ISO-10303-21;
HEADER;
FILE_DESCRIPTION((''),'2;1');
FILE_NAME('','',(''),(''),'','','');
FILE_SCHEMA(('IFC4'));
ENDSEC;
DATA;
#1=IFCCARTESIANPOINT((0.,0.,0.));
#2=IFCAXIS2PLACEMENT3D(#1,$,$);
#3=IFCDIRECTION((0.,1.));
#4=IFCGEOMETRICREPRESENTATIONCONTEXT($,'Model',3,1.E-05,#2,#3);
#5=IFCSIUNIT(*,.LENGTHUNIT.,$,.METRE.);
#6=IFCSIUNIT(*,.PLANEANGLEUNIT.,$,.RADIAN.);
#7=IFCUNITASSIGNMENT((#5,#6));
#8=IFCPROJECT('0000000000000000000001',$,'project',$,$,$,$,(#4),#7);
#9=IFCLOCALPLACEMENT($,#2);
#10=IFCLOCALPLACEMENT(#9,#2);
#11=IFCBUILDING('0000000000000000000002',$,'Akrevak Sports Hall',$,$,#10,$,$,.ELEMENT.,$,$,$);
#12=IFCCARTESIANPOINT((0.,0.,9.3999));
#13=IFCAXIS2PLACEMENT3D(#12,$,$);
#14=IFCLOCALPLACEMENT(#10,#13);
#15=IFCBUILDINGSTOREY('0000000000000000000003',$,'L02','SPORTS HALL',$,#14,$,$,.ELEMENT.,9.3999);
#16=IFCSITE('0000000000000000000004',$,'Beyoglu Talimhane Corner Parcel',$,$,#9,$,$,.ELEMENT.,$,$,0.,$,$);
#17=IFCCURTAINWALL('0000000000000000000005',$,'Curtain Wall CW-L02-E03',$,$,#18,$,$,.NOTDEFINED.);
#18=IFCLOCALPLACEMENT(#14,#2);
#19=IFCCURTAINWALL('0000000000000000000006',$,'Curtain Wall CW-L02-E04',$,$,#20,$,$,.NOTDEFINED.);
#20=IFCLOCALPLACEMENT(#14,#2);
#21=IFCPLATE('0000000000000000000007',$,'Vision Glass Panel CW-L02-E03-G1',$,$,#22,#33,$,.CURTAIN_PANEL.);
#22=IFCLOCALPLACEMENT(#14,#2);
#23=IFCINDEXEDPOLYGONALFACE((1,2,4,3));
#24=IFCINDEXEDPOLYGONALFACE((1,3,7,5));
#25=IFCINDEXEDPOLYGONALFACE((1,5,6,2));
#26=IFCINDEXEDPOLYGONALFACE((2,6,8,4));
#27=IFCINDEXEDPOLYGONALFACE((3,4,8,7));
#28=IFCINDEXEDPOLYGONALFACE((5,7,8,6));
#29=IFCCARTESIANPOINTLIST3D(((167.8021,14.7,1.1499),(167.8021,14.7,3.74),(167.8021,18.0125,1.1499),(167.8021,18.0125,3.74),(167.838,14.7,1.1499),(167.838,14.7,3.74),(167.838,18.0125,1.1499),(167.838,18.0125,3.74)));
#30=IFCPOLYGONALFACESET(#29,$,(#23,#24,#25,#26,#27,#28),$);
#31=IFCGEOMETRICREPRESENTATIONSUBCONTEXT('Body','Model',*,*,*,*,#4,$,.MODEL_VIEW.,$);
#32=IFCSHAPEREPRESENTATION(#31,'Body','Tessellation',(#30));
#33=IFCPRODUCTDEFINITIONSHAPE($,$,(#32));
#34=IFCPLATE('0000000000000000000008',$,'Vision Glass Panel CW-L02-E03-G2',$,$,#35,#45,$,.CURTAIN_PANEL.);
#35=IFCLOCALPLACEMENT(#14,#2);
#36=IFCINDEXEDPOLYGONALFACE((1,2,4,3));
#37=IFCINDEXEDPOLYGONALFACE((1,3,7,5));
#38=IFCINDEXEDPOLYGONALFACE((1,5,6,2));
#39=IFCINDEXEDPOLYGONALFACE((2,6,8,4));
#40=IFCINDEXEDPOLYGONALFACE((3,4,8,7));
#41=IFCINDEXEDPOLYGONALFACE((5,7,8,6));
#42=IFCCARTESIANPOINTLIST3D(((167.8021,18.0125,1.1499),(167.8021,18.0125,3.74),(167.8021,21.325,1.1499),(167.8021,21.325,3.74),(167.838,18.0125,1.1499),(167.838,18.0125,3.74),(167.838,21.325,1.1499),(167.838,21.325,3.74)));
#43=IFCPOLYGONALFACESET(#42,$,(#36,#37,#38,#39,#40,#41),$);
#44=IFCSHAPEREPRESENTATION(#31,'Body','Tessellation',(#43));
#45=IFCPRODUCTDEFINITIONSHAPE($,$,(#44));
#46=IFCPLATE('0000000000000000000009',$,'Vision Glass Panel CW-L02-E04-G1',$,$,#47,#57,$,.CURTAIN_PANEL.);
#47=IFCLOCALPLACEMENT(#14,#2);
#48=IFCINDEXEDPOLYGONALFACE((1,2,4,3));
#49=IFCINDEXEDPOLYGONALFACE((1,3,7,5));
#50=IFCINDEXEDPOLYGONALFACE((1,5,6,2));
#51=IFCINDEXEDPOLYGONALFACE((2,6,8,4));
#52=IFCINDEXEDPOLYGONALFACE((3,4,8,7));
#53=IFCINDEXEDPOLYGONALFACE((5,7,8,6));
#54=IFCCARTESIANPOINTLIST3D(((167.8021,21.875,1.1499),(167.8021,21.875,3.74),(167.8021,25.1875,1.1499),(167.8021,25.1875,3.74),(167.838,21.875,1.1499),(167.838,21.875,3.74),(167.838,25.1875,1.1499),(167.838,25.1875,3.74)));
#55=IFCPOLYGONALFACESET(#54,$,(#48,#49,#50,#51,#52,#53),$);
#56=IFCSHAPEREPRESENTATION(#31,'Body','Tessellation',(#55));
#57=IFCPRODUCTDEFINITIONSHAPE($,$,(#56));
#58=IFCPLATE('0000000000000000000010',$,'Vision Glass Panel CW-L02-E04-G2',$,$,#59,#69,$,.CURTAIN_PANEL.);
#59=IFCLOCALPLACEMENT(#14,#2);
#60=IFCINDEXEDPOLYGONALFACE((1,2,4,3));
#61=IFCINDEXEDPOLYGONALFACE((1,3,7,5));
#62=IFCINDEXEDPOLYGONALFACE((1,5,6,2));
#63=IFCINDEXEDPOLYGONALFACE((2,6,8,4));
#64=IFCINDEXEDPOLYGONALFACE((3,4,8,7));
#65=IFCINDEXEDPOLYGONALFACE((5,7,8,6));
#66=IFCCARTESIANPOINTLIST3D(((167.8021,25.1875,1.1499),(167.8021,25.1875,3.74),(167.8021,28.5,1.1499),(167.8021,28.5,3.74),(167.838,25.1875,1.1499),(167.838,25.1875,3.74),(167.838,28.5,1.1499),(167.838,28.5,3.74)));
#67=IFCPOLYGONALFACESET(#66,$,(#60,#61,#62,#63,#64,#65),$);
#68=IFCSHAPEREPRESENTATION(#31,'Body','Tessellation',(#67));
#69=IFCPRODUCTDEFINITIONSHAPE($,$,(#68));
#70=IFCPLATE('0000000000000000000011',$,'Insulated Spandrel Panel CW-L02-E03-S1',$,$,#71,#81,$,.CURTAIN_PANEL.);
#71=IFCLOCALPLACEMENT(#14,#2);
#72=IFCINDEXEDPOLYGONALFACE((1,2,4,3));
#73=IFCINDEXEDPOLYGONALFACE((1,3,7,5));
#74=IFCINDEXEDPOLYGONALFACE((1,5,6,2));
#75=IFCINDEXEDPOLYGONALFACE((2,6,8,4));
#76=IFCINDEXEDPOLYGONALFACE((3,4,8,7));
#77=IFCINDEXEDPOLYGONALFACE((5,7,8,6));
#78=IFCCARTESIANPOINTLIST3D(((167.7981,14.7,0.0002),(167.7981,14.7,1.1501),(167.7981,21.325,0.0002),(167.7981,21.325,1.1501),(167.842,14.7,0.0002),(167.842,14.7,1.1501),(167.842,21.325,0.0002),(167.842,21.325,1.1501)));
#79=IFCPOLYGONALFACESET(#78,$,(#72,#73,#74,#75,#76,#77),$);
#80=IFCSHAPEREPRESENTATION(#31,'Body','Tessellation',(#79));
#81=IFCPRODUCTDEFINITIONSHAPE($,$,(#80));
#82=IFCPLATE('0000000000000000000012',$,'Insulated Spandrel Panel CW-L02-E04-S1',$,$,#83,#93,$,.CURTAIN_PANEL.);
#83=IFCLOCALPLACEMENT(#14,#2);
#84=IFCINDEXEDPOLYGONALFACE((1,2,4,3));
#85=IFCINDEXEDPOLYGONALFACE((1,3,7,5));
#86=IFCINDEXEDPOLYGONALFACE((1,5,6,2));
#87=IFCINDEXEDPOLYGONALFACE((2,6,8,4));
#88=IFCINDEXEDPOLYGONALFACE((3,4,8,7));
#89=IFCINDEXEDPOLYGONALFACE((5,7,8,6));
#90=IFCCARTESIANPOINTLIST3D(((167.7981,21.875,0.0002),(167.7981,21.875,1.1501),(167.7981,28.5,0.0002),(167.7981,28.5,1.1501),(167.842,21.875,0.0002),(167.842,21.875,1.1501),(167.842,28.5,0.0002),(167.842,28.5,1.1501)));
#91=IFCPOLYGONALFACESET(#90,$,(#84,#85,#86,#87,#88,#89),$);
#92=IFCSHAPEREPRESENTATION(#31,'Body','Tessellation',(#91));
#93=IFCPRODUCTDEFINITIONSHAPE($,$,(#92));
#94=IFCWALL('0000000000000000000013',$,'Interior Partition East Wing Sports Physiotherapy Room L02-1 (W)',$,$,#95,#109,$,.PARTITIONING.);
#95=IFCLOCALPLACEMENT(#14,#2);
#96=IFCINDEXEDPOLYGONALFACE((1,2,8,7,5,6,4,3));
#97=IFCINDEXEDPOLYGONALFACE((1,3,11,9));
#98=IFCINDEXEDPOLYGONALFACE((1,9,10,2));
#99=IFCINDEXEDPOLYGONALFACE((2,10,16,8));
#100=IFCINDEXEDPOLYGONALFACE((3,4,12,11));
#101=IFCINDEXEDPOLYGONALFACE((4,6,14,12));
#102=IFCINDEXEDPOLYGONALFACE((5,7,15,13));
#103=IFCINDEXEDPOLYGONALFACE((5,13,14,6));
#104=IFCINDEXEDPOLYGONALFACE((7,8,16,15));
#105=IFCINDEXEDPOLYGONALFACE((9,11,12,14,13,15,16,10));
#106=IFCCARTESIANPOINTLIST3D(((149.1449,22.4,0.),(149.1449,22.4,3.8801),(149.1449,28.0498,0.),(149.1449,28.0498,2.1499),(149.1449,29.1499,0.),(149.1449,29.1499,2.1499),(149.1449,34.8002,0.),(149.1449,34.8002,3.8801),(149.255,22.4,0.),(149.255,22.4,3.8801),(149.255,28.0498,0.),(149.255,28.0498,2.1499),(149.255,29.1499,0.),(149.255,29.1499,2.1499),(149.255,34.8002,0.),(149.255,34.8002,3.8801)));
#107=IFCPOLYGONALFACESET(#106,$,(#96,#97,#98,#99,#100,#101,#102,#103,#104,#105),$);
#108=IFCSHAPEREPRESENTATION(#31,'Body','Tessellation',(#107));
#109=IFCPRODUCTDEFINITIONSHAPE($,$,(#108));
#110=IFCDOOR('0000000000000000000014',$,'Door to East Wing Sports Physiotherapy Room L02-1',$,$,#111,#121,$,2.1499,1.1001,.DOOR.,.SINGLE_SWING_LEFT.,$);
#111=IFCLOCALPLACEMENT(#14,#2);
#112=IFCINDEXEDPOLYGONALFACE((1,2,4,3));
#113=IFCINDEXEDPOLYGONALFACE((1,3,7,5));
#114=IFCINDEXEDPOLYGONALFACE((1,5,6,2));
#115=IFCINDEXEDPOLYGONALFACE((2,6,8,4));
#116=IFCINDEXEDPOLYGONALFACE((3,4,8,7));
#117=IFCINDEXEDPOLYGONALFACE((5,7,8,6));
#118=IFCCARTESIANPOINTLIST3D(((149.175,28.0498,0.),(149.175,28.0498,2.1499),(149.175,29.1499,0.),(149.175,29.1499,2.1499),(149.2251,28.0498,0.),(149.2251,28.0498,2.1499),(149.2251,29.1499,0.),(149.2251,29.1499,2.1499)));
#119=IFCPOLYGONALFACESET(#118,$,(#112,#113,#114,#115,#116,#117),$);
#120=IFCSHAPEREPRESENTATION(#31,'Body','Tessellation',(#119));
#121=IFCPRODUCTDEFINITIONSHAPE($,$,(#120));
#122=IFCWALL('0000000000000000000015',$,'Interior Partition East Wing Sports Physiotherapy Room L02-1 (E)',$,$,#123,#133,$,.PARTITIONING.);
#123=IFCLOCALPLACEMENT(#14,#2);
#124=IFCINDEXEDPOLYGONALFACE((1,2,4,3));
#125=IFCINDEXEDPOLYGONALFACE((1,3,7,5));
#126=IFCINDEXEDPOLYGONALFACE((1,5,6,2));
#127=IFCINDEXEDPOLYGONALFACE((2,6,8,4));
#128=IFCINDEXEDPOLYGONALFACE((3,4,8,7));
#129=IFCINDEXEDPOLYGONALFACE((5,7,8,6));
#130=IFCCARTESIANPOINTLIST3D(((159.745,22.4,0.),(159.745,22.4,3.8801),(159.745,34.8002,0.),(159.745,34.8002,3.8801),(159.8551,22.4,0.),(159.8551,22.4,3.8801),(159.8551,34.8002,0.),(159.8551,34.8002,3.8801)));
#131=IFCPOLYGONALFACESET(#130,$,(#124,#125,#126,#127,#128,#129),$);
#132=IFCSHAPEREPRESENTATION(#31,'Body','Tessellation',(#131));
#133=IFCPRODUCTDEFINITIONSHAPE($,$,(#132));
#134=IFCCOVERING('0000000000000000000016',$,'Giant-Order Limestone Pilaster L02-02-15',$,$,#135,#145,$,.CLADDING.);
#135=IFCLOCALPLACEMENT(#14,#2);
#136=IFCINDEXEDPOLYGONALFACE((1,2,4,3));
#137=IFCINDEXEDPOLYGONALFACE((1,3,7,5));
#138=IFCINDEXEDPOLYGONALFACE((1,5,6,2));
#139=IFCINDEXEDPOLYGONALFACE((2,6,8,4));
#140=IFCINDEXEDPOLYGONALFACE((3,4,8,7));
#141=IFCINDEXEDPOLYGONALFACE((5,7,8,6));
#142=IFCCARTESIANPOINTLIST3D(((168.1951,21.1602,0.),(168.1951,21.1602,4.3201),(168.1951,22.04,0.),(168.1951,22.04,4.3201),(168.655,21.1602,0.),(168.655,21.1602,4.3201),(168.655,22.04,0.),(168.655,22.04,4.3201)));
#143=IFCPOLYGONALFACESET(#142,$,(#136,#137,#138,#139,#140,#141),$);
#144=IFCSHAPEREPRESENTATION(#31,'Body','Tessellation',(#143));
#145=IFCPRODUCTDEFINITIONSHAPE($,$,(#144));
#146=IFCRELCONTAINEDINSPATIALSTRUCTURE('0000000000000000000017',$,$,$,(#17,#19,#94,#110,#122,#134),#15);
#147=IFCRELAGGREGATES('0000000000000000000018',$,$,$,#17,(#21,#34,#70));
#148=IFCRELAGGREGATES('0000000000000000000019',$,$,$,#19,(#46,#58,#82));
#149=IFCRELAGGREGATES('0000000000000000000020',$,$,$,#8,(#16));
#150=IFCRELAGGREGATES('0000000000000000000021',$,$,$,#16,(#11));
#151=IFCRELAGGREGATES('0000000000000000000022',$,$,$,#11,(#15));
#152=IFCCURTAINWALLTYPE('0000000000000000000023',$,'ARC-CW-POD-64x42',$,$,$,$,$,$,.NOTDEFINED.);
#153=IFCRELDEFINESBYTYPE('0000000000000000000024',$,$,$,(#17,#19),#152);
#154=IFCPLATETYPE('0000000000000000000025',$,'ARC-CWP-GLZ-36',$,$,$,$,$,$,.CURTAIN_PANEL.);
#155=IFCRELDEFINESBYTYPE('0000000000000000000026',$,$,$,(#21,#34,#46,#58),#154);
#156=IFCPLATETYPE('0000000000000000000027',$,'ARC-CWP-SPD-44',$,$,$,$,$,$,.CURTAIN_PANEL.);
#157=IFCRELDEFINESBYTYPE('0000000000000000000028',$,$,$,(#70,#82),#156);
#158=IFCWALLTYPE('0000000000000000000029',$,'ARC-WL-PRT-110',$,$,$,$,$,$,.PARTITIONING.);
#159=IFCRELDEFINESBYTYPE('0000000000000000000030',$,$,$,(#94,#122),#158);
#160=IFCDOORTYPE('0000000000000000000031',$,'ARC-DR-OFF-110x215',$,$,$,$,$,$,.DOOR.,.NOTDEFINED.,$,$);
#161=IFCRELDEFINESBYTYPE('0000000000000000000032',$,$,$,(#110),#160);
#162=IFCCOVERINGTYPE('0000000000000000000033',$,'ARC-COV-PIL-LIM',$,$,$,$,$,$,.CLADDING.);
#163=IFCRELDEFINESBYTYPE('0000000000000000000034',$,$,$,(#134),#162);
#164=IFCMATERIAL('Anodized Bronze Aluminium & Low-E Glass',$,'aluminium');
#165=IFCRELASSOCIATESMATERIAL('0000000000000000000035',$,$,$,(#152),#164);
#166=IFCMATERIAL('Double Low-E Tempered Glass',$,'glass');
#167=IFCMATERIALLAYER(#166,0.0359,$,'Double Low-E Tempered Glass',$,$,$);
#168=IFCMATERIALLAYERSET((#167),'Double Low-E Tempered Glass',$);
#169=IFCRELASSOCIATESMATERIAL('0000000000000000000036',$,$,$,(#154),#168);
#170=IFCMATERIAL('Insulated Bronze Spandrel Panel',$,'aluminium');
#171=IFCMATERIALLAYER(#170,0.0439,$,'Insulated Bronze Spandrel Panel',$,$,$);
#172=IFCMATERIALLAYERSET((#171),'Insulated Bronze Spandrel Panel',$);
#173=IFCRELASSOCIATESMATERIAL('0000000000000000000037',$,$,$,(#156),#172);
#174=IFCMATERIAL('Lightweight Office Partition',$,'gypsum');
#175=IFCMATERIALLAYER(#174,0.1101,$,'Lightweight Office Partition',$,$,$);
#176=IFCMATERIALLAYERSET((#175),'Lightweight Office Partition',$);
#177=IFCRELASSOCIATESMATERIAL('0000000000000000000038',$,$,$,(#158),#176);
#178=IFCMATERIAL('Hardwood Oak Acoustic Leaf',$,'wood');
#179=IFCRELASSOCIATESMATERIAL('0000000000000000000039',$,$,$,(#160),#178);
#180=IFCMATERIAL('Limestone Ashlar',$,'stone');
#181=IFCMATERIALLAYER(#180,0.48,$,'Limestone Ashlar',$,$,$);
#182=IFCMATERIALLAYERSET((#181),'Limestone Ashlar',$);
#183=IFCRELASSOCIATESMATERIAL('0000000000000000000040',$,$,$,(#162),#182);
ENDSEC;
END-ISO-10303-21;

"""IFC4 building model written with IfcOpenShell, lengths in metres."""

from ifc_helpers import new_model, si_unit, direction, frame, frame_2d, origin, origin_2d, place, context, subcontext, project, spatial, rectangle, extrude, material, layer, layer_set, type_object, element, fill, aggregate, save


model = new_model("IFC4")

# Units and contexts
model_context = context("Model", 3, precision=1e-05, world=origin(), true_north=direction((0.0, 1.0)))
body_context = subcontext(model_context, "Body", "Model", "MODEL_VIEW")
ifc_project = project(units=[si_unit("LENGTHUNIT", "METRE"), si_unit("PLANEANGLEUNIT", "RADIAN")], contexts=[model_context])

# Site, building, storey
site_placement = place(None, origin())
site = spatial("IfcSite", under=ifc_project, at=site_placement, Name="Beyoglu Talimhane Corner Parcel", CompositionType="ELEMENT", RefElevation=0.0)
building_placement = place(site_placement, origin())
building = spatial("IfcBuilding", under=site, at=building_placement, Name="Akrevak Sports Hall", CompositionType="ELEMENT")
storey_placement = place(building_placement, frame((0.0, 0.0, 9.3999)))
storey = spatial("IfcBuildingStorey", under=building, at=storey_placement, Name="L02", Description="SPORTS HALL", CompositionType="ELEMENT", Elevation=9.3999)

# Curtain walls
ifc_material_1 = material(Name="Anodized Bronze Aluminium & Low-E Glass", Category="aluminium")
curtain_wall_type = type_object("IfcCurtainWallType", Name="ARC-CW-POD-64x42", PredefinedType="NOTDEFINED", material=ifc_material_1)
curtain_wall_1_placement = place(storey_placement, origin())
curtain_wall_1 = element("IfcCurtainWall", 1, at=curtain_wall_1_placement, inside=storey, type_object=curtain_wall_type, Name="Curtain Wall CW-L02-E03", PredefinedType="NOTDEFINED")
curtain_wall_2_placement = place(storey_placement, origin())
curtain_wall_2 = element("IfcCurtainWall", 2, at=curtain_wall_2_placement, inside=storey, type_object=curtain_wall_type, Name="Curtain Wall CW-L02-E04", PredefinedType="NOTDEFINED")

# Plates
ifc_material_2 = material(Name="Double Low-E Tempered Glass", Category="glass")
ifc_layer_1 = layer(ifc_material_2, 0.0359, Name="Double Low-E Tempered Glass")
ifc_layer_set_1 = layer_set([ifc_layer_1], Name="Double Low-E Tempered Glass")
plate_type_1 = type_object("IfcPlateType", Name="ARC-CWP-GLZ-36", PredefinedType="CURTAIN_PANEL", material=ifc_layer_set_1)
plate_1_placement = place(storey_placement, frame((167.8201, 16.3562, 1.1499), z_axis=(0.0, 0.0, 1.0), x_axis=(0.0, 1.0, 0.0)))
plate_1 = element("IfcPlate", 3, at=plate_1_placement, type_object=plate_type_1, Name="Vision Glass Panel CW-L02-E03-G1", PredefinedType="CURTAIN_PANEL", context=body_context, shape_type="SweptSolid", body=[
    extrude(rectangle(XDim=3.3125, YDim=0.0359, at=origin_2d()), origin(), (0.0, 0.0, 1.0), 2.5901),
])
plate_2_placement = place(storey_placement, frame((167.8201, 19.6687, 1.1499), z_axis=(0.0, 0.0, 1.0), x_axis=(0.0, 1.0, 0.0)))
plate_2 = element("IfcPlate", 4, at=plate_2_placement, type_object=plate_type_1, Name="Vision Glass Panel CW-L02-E03-G2", PredefinedType="CURTAIN_PANEL", context=body_context, shape_type="SweptSolid", body=[
    extrude(rectangle(XDim=3.3125, YDim=0.0359, at=origin_2d()), origin(), (0.0, 0.0, 1.0), 2.5901),
])
plate_3_placement = place(storey_placement, frame((167.8201, 23.5312, 1.1499), z_axis=(0.0, 0.0, 1.0), x_axis=(0.0, 1.0, 0.0)))
plate_3 = element("IfcPlate", 5, at=plate_3_placement, type_object=plate_type_1, Name="Vision Glass Panel CW-L02-E04-G1", PredefinedType="CURTAIN_PANEL", context=body_context, shape_type="SweptSolid", body=[
    extrude(rectangle(XDim=3.3125, YDim=0.0359, at=origin_2d()), origin(), (0.0, 0.0, 1.0), 2.5901),
])
plate_4_placement = place(storey_placement, frame((167.8201, 26.8438, 1.1499), z_axis=(0.0, 0.0, 1.0), x_axis=(0.0, 1.0, 0.0)))
plate_4 = element("IfcPlate", 6, at=plate_4_placement, type_object=plate_type_1, Name="Vision Glass Panel CW-L02-E04-G2", PredefinedType="CURTAIN_PANEL", context=body_context, shape_type="SweptSolid", body=[
    extrude(rectangle(XDim=3.3125, YDim=0.0359, at=origin_2d()), origin(), (0.0, 0.0, 1.0), 2.5901),
])
ifc_material_3 = material(Name="Insulated Bronze Spandrel Panel", Category="aluminium")
ifc_layer_2 = layer(ifc_material_3, 0.0439, Name="Insulated Bronze Spandrel Panel")
ifc_layer_set_2 = layer_set([ifc_layer_2], Name="Insulated Bronze Spandrel Panel")
plate_type_2 = type_object("IfcPlateType", Name="ARC-CWP-SPD-44", PredefinedType="CURTAIN_PANEL", material=ifc_layer_set_2)
plate_5_placement = place(storey_placement, frame((167.8201, 18.0125, 0.0002), z_axis=(0.0, 0.0, 1.0), x_axis=(0.0, 1.0, 0.0)))
plate_5 = element("IfcPlate", 7, at=plate_5_placement, type_object=plate_type_2, Name="Insulated Spandrel Panel CW-L02-E03-S1", PredefinedType="CURTAIN_PANEL", context=body_context, shape_type="SweptSolid", body=[
    extrude(rectangle(XDim=6.625, YDim=0.0439, at=origin_2d()), origin(), (0.0, 0.0, 1.0), 1.1499),
])
aggregate(curtain_wall_1, [plate_1, plate_2, plate_5])
plate_6_placement = place(storey_placement, frame((167.8201, 25.1875, 0.0002), z_axis=(0.0, 0.0, 1.0), x_axis=(0.0, 1.0, 0.0)))
plate_6 = element("IfcPlate", 8, at=plate_6_placement, type_object=plate_type_2, Name="Insulated Spandrel Panel CW-L02-E04-S1", PredefinedType="CURTAIN_PANEL", context=body_context, shape_type="SweptSolid", body=[
    extrude(rectangle(XDim=6.625, YDim=0.0439, at=origin_2d()), origin(), (0.0, 0.0, 1.0), 1.1499),
])
aggregate(curtain_wall_2, [plate_3, plate_4, plate_6])

# Wall, opening, door
ifc_material_4 = material(Name="Lightweight Office Partition", Category="gypsum")
ifc_layer_3 = layer(ifc_material_4, 0.1101, Name="Lightweight Office Partition")
ifc_layer_set_3 = layer_set([ifc_layer_3], Name="Lightweight Office Partition")
wall_type = type_object("IfcWallType", Name="ARC-WL-PRT-110", PredefinedType="PARTITIONING", material=ifc_layer_set_3)
wall_1_placement = place(storey_placement, frame((149.2, 22.3999, 0.0), z_axis=(0.0, 0.0, 1.0), x_axis=(0.0, 1.0, 0.0)))
wall_1 = element("IfcWall", 9, at=wall_1_placement, inside=storey, type_object=wall_type, Name="Interior Partition East Wing Sports Physiotherapy Room L02-1 (W)", PredefinedType="PARTITIONING", context=body_context, shape_type="SweptSolid", body=[
    extrude(rectangle(XDim=12.4001, YDim=0.1101, at=frame_2d((6.2002, 0.0))), origin(), (0.0, 0.0, 1.0), 3.8801),
])
opening_placement = place(wall_1_placement, frame((5.6499, 0.0, 0.0)))
opening = element("IfcOpeningElement", 10, at=opening_placement, cuts=wall_1, PredefinedType="OPENING", context=body_context, shape_type="SweptSolid", body=[
    extrude(rectangle(XDim=1.1001, YDim=2.1499, at=frame_2d((0.55, 1.075))), frame((0.0, 0.0669, 0.0), z_axis=(0.0, -1.0, 0.0), x_axis=(1.0, 0.0, 0.0)), (0.0, 0.0, 1.0), 0.134),
])
ifc_material_5 = material(Name="Hardwood Oak Acoustic Leaf", Category="wood")
door_type = type_object("IfcDoorType", Name="ARC-DR-OFF-110x215", OperationType="NOTDEFINED", PredefinedType="DOOR", material=ifc_material_5)
door_placement = place(opening_placement, origin())
door = element("IfcDoor", 11, at=door_placement, inside=storey, type_object=door_type, Name="Door to East Wing Sports Physiotherapy Room L02-1", OperationType="SINGLE_SWING_LEFT", OverallHeight=2.1499, OverallWidth=1.1001, PredefinedType="DOOR", context=body_context, shape_type="SweptSolid", body=[
    extrude(rectangle(XDim=1.1001, YDim=2.1499, at=frame_2d((0.55, 1.075))), frame((0.0, 0.0249, 0.0), z_axis=(0.0, -1.0, 0.0), x_axis=(1.0, 0.0, 0.0)), (0.0, 0.0, 1.0), 0.05),
])
fill(opening, door)

# Wall
wall_2_placement = place(storey_placement, frame((159.8, 22.3999, 0.0), z_axis=(0.0, 0.0, 1.0), x_axis=(0.0, 1.0, 0.0)))
element("IfcWall", 12, at=wall_2_placement, inside=storey, type_object=wall_type, Name="Interior Partition East Wing Sports Physiotherapy Room L02-1 (E)", PredefinedType="PARTITIONING", context=body_context, shape_type="SweptSolid", body=[
    extrude(rectangle(XDim=12.4001, YDim=0.1101, at=frame_2d((6.2002, 0.0))), origin(), (0.0, 0.0, 1.0), 3.8801),
])

# Covering
ifc_material_6 = material(Name="Limestone Ashlar", Category="stone")
ifc_layer_4 = layer(ifc_material_6, 0.48, Name="Limestone Ashlar")
ifc_layer_set_4 = layer_set([ifc_layer_4], Name="Limestone Ashlar")
covering_type = type_object("IfcCoveringType", Name="ARC-COV-PIL-LIM", PredefinedType="CLADDING", material=ifc_layer_set_4)
covering_placement = place(storey_placement, frame((168.425, 21.6001, 0.0), z_axis=(0.0, 0.0, 1.0), x_axis=(0.0, 1.0, 0.0)))
element("IfcCovering", 13, at=covering_placement, inside=storey, type_object=covering_type, Name="Giant-Order Limestone Pilaster L02-02-15", PredefinedType="CLADDING", context=body_context, shape_type="SweptSolid", body=[
    extrude(rectangle(XDim=0.8799, YDim=0.46, at=origin_2d()), origin(), (0.0, 0.0, 1.0), 4.3201),
])

save(model, "model.ifc")
